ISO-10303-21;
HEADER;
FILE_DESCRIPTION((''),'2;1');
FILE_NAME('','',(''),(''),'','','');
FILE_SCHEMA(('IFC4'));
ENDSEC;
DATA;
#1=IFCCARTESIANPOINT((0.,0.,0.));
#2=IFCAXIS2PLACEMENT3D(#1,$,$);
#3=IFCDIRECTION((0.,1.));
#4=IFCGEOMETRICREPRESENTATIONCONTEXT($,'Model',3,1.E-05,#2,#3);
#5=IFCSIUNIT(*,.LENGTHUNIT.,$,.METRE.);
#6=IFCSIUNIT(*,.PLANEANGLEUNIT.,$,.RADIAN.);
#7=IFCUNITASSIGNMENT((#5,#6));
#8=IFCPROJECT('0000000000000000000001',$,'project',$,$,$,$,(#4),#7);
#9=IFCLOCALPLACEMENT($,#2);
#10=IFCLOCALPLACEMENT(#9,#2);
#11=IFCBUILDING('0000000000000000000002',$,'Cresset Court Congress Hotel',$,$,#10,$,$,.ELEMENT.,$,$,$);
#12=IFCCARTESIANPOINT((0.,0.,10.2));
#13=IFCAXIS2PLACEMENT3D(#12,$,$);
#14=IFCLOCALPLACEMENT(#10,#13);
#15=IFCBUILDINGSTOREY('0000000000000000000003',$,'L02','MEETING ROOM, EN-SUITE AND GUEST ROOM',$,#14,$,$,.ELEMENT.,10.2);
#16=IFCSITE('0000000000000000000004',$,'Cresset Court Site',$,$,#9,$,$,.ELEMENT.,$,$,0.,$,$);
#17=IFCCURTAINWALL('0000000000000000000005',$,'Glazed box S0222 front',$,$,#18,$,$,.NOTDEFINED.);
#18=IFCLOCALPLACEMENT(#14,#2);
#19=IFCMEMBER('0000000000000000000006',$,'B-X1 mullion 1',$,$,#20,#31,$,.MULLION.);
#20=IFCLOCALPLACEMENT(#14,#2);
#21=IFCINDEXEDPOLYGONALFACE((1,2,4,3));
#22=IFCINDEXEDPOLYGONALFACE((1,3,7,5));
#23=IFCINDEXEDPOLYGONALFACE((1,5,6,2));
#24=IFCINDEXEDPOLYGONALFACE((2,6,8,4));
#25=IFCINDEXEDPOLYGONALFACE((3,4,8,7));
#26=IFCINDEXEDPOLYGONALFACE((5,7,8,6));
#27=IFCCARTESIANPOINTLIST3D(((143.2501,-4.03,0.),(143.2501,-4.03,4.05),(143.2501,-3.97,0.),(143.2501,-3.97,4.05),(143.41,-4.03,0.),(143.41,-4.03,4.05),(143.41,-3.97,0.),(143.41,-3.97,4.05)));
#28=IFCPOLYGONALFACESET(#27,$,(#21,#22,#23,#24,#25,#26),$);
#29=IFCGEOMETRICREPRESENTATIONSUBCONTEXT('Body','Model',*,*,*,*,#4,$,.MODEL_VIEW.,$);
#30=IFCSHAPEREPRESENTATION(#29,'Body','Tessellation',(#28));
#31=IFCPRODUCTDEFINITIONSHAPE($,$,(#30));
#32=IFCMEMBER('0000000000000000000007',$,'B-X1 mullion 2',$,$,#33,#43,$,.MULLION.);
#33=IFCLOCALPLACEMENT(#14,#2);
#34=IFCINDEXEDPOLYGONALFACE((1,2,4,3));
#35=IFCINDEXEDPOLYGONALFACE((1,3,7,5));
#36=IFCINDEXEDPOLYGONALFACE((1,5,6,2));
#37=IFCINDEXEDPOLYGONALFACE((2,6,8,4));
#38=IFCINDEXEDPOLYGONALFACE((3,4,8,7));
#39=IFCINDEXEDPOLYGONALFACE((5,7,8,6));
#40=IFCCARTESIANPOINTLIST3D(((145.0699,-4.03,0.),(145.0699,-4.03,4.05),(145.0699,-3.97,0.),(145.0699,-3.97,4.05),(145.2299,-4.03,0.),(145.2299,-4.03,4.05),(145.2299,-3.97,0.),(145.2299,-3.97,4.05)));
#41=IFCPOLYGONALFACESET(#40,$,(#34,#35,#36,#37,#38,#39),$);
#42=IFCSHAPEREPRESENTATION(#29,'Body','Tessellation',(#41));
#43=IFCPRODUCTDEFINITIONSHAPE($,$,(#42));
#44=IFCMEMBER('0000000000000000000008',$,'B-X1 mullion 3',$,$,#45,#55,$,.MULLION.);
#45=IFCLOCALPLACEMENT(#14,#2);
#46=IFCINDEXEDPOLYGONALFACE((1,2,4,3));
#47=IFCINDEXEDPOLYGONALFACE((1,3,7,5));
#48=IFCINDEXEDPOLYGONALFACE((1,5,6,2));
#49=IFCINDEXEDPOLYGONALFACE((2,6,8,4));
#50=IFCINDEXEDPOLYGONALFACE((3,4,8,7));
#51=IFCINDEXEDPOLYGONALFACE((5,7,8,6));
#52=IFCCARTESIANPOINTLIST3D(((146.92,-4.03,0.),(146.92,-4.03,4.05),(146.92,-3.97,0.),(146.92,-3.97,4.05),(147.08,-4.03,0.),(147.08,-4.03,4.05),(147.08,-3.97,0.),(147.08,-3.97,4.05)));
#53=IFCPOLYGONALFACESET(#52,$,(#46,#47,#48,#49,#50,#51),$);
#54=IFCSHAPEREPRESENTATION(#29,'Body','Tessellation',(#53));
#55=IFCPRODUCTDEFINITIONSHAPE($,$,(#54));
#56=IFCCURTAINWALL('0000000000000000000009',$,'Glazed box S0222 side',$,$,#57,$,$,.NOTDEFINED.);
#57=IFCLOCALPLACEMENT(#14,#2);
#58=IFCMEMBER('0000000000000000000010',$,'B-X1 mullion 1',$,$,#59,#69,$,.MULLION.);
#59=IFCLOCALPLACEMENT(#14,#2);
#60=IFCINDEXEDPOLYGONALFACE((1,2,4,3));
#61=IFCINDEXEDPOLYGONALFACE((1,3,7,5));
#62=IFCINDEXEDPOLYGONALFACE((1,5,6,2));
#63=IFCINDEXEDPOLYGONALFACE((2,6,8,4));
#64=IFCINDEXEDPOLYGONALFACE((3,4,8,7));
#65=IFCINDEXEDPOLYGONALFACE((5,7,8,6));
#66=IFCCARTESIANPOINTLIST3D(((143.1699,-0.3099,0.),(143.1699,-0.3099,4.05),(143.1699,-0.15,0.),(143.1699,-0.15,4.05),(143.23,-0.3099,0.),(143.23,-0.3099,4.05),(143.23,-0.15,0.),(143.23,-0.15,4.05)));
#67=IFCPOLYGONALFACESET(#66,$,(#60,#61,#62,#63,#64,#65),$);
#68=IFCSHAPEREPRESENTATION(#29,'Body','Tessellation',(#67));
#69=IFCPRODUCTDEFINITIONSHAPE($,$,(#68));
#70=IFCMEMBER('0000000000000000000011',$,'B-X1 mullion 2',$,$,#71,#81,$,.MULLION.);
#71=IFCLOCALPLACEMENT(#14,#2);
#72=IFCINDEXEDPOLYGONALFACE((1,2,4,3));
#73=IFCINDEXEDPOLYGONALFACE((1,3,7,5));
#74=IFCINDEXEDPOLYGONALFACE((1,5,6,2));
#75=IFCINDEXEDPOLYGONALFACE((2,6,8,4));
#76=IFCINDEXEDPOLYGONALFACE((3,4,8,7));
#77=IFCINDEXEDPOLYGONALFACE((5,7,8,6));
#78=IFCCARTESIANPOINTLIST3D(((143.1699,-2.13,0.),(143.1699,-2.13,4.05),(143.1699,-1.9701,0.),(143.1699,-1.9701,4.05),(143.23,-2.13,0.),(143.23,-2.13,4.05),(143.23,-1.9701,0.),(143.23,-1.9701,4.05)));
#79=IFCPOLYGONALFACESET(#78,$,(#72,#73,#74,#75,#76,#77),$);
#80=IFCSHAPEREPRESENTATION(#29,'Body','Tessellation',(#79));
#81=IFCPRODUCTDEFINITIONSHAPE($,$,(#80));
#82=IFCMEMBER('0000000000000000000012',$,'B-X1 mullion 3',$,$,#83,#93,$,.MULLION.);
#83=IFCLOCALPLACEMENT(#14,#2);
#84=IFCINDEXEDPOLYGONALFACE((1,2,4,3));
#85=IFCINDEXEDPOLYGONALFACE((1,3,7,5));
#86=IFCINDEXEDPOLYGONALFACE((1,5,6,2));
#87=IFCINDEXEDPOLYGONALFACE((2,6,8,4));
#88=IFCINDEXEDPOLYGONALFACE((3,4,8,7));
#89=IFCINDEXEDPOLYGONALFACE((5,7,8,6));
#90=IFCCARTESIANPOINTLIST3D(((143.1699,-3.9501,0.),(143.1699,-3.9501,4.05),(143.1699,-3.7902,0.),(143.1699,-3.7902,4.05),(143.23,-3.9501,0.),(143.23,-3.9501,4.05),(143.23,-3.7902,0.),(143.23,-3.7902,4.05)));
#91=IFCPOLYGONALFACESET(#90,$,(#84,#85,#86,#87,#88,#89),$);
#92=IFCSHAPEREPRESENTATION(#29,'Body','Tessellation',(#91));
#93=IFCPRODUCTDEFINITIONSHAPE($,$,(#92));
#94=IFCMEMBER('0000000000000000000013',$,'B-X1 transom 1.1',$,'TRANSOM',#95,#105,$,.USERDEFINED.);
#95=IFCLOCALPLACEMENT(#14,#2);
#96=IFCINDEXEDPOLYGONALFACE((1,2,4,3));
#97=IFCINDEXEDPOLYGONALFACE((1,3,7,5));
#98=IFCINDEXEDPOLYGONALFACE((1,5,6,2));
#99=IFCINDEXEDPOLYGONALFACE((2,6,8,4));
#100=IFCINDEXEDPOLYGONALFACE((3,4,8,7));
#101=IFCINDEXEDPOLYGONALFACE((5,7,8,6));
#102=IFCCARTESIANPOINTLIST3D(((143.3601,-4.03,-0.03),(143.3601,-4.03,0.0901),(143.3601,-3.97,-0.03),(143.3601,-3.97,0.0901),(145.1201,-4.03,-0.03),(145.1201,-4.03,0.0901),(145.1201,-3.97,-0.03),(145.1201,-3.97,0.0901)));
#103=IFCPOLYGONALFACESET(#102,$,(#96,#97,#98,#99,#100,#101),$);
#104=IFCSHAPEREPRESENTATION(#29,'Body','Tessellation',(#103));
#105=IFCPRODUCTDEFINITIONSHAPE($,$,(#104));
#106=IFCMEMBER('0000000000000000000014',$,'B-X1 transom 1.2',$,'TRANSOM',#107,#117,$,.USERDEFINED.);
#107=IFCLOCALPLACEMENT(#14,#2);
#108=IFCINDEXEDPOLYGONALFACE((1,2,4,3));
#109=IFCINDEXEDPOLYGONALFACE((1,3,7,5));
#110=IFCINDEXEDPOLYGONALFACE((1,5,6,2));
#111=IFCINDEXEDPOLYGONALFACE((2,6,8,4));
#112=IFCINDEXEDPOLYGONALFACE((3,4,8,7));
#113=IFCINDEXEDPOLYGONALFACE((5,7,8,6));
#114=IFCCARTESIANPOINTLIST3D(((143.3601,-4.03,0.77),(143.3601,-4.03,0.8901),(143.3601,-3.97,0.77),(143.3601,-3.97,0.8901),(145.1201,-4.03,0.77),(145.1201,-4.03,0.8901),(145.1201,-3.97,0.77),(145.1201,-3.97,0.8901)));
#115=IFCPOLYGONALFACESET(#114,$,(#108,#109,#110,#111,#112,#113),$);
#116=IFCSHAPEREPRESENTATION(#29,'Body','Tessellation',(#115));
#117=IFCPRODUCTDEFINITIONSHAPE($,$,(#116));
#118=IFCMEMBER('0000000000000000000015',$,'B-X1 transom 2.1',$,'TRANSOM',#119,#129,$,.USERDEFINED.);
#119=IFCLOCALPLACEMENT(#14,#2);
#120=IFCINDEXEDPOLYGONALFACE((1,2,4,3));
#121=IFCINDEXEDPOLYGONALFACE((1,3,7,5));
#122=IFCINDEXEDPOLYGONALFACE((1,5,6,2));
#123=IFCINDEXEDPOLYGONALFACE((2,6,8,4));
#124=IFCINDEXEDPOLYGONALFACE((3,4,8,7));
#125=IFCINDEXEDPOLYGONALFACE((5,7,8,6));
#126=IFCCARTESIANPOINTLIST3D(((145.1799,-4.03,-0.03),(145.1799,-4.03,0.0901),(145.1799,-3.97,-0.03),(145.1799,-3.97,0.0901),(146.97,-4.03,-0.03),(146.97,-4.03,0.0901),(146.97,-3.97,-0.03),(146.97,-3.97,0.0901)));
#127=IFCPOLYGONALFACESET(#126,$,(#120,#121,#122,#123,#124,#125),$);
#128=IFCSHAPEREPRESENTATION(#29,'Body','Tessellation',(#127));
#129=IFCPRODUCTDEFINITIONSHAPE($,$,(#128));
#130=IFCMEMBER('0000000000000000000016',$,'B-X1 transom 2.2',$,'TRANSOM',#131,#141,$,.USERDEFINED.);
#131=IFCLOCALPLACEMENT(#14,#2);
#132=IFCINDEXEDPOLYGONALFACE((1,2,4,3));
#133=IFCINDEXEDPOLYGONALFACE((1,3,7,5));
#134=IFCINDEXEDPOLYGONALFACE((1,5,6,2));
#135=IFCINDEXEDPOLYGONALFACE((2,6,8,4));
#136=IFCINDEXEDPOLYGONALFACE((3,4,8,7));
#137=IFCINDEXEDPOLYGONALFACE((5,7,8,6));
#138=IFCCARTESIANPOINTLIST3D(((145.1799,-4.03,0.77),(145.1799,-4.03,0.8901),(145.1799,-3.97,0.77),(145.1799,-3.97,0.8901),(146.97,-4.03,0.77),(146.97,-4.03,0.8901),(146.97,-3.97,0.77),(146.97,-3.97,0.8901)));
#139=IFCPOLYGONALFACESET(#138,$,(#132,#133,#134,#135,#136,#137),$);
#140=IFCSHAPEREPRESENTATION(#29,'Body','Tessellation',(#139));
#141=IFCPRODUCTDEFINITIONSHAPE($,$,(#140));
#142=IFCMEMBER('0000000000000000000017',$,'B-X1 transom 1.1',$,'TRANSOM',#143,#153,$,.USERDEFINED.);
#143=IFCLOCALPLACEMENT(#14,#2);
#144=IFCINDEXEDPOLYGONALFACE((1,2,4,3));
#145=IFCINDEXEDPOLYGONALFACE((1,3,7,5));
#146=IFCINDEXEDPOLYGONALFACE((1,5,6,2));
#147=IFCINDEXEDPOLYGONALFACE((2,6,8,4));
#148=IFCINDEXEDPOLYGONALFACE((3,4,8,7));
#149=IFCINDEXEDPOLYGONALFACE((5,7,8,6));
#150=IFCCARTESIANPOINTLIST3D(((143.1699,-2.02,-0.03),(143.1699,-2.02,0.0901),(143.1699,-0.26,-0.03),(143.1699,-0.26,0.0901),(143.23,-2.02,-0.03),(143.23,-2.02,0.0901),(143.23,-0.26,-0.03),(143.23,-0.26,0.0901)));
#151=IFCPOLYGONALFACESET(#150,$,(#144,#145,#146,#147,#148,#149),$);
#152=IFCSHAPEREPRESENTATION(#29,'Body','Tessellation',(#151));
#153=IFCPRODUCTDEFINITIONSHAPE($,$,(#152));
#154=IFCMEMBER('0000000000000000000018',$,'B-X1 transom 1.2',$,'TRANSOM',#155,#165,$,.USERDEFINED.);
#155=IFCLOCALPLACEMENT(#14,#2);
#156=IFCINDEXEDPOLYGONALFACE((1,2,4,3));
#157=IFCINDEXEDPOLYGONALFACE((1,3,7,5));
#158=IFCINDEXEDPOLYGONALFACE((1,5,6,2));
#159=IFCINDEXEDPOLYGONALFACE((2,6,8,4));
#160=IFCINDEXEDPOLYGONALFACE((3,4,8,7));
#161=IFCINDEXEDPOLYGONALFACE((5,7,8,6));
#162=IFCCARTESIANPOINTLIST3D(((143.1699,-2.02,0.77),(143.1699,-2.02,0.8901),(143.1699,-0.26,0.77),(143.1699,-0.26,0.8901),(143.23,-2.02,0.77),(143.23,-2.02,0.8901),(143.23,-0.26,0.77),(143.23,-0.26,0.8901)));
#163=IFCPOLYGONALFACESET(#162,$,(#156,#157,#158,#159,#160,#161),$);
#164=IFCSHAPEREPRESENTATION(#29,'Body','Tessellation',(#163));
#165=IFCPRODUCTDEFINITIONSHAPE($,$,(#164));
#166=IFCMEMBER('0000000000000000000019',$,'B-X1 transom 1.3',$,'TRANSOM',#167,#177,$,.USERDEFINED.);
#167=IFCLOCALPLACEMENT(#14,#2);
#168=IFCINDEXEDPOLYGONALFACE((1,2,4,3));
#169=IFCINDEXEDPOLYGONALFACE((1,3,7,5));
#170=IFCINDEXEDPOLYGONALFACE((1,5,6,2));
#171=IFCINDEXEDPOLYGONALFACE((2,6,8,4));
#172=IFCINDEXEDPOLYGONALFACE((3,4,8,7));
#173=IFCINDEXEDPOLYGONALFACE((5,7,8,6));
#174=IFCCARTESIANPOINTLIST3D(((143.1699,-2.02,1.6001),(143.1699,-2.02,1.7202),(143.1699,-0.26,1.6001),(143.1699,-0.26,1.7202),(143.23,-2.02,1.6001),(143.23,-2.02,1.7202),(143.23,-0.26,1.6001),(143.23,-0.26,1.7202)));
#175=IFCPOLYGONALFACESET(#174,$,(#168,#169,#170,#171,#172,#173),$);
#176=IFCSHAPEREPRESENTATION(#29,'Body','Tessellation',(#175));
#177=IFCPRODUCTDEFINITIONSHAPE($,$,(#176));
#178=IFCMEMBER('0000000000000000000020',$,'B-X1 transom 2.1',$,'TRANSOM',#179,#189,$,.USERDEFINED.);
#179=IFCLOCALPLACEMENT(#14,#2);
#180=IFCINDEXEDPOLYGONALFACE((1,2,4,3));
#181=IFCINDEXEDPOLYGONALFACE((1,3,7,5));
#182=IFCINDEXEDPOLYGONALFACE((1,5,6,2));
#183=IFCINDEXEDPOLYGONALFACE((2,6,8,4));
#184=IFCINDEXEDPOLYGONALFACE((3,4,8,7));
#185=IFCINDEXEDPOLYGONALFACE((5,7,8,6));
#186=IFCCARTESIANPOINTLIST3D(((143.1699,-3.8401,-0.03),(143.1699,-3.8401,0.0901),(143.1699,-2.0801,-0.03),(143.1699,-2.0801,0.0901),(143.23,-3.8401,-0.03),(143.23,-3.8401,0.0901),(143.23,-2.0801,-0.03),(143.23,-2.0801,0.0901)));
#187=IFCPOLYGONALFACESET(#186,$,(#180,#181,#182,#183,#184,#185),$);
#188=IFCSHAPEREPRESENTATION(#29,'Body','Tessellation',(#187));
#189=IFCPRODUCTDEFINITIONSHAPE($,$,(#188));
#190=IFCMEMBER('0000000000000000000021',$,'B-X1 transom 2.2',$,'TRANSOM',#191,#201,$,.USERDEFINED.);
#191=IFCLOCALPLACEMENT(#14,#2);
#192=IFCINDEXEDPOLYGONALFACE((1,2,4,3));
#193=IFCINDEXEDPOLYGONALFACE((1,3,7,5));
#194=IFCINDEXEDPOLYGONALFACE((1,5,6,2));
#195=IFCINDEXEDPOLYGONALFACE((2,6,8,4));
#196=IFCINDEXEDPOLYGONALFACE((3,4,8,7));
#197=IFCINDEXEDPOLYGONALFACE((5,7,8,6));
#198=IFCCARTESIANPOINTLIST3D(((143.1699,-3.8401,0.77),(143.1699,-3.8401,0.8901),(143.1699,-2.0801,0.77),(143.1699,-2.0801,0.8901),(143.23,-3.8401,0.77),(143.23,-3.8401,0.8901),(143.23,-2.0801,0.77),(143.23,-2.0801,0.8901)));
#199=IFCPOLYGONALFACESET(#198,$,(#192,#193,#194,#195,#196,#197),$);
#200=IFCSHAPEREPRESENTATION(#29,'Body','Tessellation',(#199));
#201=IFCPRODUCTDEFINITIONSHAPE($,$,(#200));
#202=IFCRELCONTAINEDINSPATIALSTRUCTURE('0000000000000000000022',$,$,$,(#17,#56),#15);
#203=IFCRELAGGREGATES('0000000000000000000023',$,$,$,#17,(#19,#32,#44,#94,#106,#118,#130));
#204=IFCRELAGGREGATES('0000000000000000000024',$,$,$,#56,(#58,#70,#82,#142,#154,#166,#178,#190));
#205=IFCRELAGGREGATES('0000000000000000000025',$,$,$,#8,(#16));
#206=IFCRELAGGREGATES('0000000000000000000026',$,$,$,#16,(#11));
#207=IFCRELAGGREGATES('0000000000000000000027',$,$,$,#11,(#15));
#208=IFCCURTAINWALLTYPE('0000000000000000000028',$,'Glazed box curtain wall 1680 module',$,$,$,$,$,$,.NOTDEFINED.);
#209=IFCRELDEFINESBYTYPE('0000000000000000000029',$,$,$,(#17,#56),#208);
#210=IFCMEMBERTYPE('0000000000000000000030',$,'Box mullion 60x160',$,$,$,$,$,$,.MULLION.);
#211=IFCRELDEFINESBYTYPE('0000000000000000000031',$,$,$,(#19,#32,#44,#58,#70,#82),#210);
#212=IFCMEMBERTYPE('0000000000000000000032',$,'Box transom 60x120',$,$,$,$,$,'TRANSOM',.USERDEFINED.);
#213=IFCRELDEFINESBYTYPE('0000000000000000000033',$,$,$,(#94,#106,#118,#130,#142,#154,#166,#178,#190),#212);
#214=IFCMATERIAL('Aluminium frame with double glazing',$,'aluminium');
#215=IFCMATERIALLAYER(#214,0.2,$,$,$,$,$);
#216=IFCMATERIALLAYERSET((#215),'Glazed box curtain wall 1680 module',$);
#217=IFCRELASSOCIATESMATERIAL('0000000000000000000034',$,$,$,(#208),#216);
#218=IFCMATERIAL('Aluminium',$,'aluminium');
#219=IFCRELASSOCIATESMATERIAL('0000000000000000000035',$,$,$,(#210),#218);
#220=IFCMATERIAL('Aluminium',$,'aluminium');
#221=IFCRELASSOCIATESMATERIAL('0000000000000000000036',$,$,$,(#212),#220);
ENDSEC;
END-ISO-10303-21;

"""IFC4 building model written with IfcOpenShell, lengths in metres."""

from ifc_helpers import new_model, si_unit, direction, frame, origin, origin_2d, place, context, subcontext, project, spatial, rectangle, extrude, material, layer, layer_set, material_profile, profile_set, type_object, element, aggregate, save


model = new_model("IFC4")

# Units and contexts
model_context = context("Model", 3, precision=1e-05, world=origin(), true_north=direction((0.0, 1.0)))
body_context = subcontext(model_context, "Body", "Model", "MODEL_VIEW")
ifc_project = project(units=[si_unit("LENGTHUNIT", "METRE"), si_unit("PLANEANGLEUNIT", "RADIAN")], contexts=[model_context])

# Site, building, storey
site_placement = place(None, origin())
site = spatial("IfcSite", under=ifc_project, at=site_placement, Name="Cresset Court Site", CompositionType="ELEMENT", RefElevation=0.0)
building_placement = place(site_placement, origin())
building = spatial("IfcBuilding", under=site, at=building_placement, Name="Cresset Court Congress Hotel", CompositionType="ELEMENT")
storey_placement = place(building_placement, frame((0.0, 0.0, 10.2)))
storey = spatial("IfcBuildingStorey", under=building, at=storey_placement, Name="L02", Description="MEETING ROOM, EN-SUITE AND GUEST ROOM", CompositionType="ELEMENT", Elevation=10.2)

# Curtain walls, members
ifc_material_1 = material(Name="Aluminium frame with double glazing", Category="aluminium")
ifc_layer_1 = layer(ifc_material_1, 0.2)
ifc_layer_set_1 = layer_set([ifc_layer_1], Name="Glazed box curtain wall 1680 module")
curtain_wall_type = type_object("IfcCurtainWallType", Name="Glazed box curtain wall 1680 module", PredefinedType="NOTDEFINED", material=ifc_layer_set_1)
curtain_wall_1_placement = place(storey_placement, origin())
curtain_wall_1 = element("IfcCurtainWall", 1, at=curtain_wall_1_placement, inside=storey, type_object=curtain_wall_type, Name="Glazed box S0222 front", PredefinedType="NOTDEFINED")
ifc_material_2 = material(Name="Aluminium", Category="aluminium")
ifc_material_profile_1 = material_profile(ifc_material_2, rectangle(XDim=0.0601, YDim=0.1599, at=origin_2d()), Name="Box mullion 60x160")
ifc_profile_set_1 = profile_set([ifc_material_profile_1], Name="Aluminium")
member_type_1 = type_object("IfcMemberType", Name="Box mullion 60x160", PredefinedType="MULLION", material=ifc_profile_set_1)
member_1_placement = place(storey_placement, frame((143.3301, -4.0, 0.0), z_axis=(0.0, 0.0, 1.0), x_axis=(0.0, 1.0, 0.0)))
member_1 = element("IfcMember", 2, at=member_1_placement, type_object=member_type_1, Name="B-X1 mullion 1", PredefinedType="MULLION", context=body_context, shape_type="SweptSolid", body=[
    extrude(rectangle(XDim=0.0601, YDim=0.1599, at=origin_2d()), origin(), (0.0, 0.0, 1.0), 4.05),
])
member_2_placement = place(storey_placement, frame((145.1499, -4.0, 0.0), z_axis=(0.0, 0.0, 1.0), x_axis=(0.0, 1.0, 0.0)))
member_2 = element("IfcMember", 3, at=member_2_placement, type_object=member_type_1, Name="B-X1 mullion 2", PredefinedType="MULLION", context=body_context, shape_type="SweptSolid", body=[
    extrude(rectangle(XDim=0.0601, YDim=0.1599, at=origin_2d()), origin(), (0.0, 0.0, 1.0), 4.05),
])
member_3_placement = place(storey_placement, frame((147.0, -4.0, 0.0), z_axis=(0.0, 0.0, 1.0), x_axis=(0.0, 1.0, 0.0)))
member_3 = element("IfcMember", 4, at=member_3_placement, type_object=member_type_1, Name="B-X1 mullion 3", PredefinedType="MULLION", context=body_context, shape_type="SweptSolid", body=[
    extrude(rectangle(XDim=0.0601, YDim=0.1599, at=origin_2d()), origin(), (0.0, 0.0, 1.0), 4.05),
])
curtain_wall_2_placement = place(storey_placement, origin())
curtain_wall_2 = element("IfcCurtainWall", 5, at=curtain_wall_2_placement, inside=storey, type_object=curtain_wall_type, Name="Glazed box S0222 side", PredefinedType="NOTDEFINED")
member_4_placement = place(storey_placement, frame((143.2, -0.23, 0.0), z_axis=(0.0, 0.0, 1.0), x_axis=(1.0, 0.0, 0.0)))
member_4 = element("IfcMember", 6, at=member_4_placement, type_object=member_type_1, Name="B-X1 mullion 1", PredefinedType="MULLION", context=body_context, shape_type="SweptSolid", body=[
    extrude(rectangle(XDim=0.0601, YDim=0.1599, at=origin_2d()), origin(), (0.0, 0.0, 1.0), 4.05),
])
member_5_placement = place(storey_placement, frame((143.2, -2.05, 0.0), z_axis=(0.0, 0.0, 1.0), x_axis=(1.0, 0.0, 0.0)))
member_5 = element("IfcMember", 7, at=member_5_placement, type_object=member_type_1, Name="B-X1 mullion 2", PredefinedType="MULLION", context=body_context, shape_type="SweptSolid", body=[
    extrude(rectangle(XDim=0.0601, YDim=0.1599, at=origin_2d()), origin(), (0.0, 0.0, 1.0), 4.05),
])
member_6_placement = place(storey_placement, frame((143.2, -3.8701, 0.0), z_axis=(0.0, 0.0, 1.0), x_axis=(1.0, 0.0, 0.0)))
member_6 = element("IfcMember", 8, at=member_6_placement, type_object=member_type_1, Name="B-X1 mullion 3", PredefinedType="MULLION", context=body_context, shape_type="SweptSolid", body=[
    extrude(rectangle(XDim=0.0601, YDim=0.1599, at=origin_2d()), origin(), (0.0, 0.0, 1.0), 4.05),
])

# Members
ifc_material_3 = material(Name="Aluminium", Category="aluminium")
ifc_material_profile_2 = material_profile(ifc_material_3, rectangle(XDim=0.0601, YDim=0.1201, at=origin_2d()), Name="Box transom 60x120")
ifc_profile_set_2 = profile_set([ifc_material_profile_2], Name="Aluminium")
member_type_2 = type_object("IfcMemberType", Name="Box transom 60x120", ElementType="TRANSOM", PredefinedType="USERDEFINED", material=ifc_profile_set_2)
member_7_placement = place(storey_placement, frame((143.3601, -4.0, 0.03), z_axis=(1.0, 0.0, 0.0), x_axis=(0.0, 1.0, 0.0)))
member_7 = element("IfcMember", 9, at=member_7_placement, type_object=member_type_2, Name="B-X1 transom 1.1", ObjectType="TRANSOM", PredefinedType="USERDEFINED", context=body_context, shape_type="SweptSolid", body=[
    extrude(rectangle(XDim=0.0601, YDim=0.1201, at=origin_2d()), origin(), (0.0, 0.0, 1.0), 1.76),
])
member_8_placement = place(storey_placement, frame((143.3601, -4.0, 0.8301), z_axis=(1.0, 0.0, 0.0), x_axis=(0.0, 1.0, 0.0)))
member_8 = element("IfcMember", 10, at=member_8_placement, type_object=member_type_2, Name="B-X1 transom 1.2", ObjectType="TRANSOM", PredefinedType="USERDEFINED", context=body_context, shape_type="SweptSolid", body=[
    extrude(rectangle(XDim=0.0601, YDim=0.1201, at=origin_2d()), origin(), (0.0, 0.0, 1.0), 1.76),
])
member_9_placement = place(storey_placement, frame((145.1799, -4.0, 0.03), z_axis=(1.0, 0.0, 0.0), x_axis=(0.0, 1.0, 0.0)))
member_9 = element("IfcMember", 11, at=member_9_placement, type_object=member_type_2, Name="B-X1 transom 2.1", ObjectType="TRANSOM", PredefinedType="USERDEFINED", context=body_context, shape_type="SweptSolid", body=[
    extrude(rectangle(XDim=0.0601, YDim=0.1201, at=origin_2d()), origin(), (0.0, 0.0, 1.0), 1.79),
])
member_10_placement = place(storey_placement, frame((145.1799, -4.0, 0.8301), z_axis=(1.0, 0.0, 0.0), x_axis=(0.0, 1.0, 0.0)))
member_10 = element("IfcMember", 12, at=member_10_placement, type_object=member_type_2, Name="B-X1 transom 2.2", ObjectType="TRANSOM", PredefinedType="USERDEFINED", context=body_context, shape_type="SweptSolid", body=[
    extrude(rectangle(XDim=0.0601, YDim=0.1201, at=origin_2d()), origin(), (0.0, 0.0, 1.0), 1.79),
])
member_11_placement = place(storey_placement, frame((143.2, -0.26, 0.03), z_axis=(0.0, -1.0, 0.0), x_axis=(1.0, 0.0, 0.0)))
member_11 = element("IfcMember", 13, at=member_11_placement, type_object=member_type_2, Name="B-X1 transom 1.1", ObjectType="TRANSOM", PredefinedType="USERDEFINED", context=body_context, shape_type="SweptSolid", body=[
    extrude(rectangle(XDim=0.0601, YDim=0.1201, at=origin_2d()), origin(), (0.0, 0.0, 1.0), 1.76),
])
member_12_placement = place(storey_placement, frame((143.2, -0.26, 0.8301), z_axis=(0.0, -1.0, 0.0), x_axis=(1.0, 0.0, 0.0)))
member_12 = element("IfcMember", 14, at=member_12_placement, type_object=member_type_2, Name="B-X1 transom 1.2", ObjectType="TRANSOM", PredefinedType="USERDEFINED", context=body_context, shape_type="SweptSolid", body=[
    extrude(rectangle(XDim=0.0601, YDim=0.1201, at=origin_2d()), origin(), (0.0, 0.0, 1.0), 1.76),
])
member_13_placement = place(storey_placement, frame((143.2, -0.26, 1.6602), z_axis=(0.0, -1.0, 0.0), x_axis=(1.0, 0.0, 0.0)))
member_13 = element("IfcMember", 15, at=member_13_placement, type_object=member_type_2, Name="B-X1 transom 1.3", ObjectType="TRANSOM", PredefinedType="USERDEFINED", context=body_context, shape_type="SweptSolid", body=[
    extrude(rectangle(XDim=0.0601, YDim=0.1201, at=origin_2d()), origin(), (0.0, 0.0, 1.0), 1.76),
])
member_14_placement = place(storey_placement, frame((143.2, -2.0801, 0.03), z_axis=(0.0, -1.0, 0.0), x_axis=(1.0, 0.0, 0.0)))
member_14 = element("IfcMember", 16, at=member_14_placement, type_object=member_type_2, Name="B-X1 transom 2.1", ObjectType="TRANSOM", PredefinedType="USERDEFINED", context=body_context, shape_type="SweptSolid", body=[
    extrude(rectangle(XDim=0.0601, YDim=0.1201, at=origin_2d()), origin(), (0.0, 0.0, 1.0), 1.76),
])
member_15_placement = place(storey_placement, frame((143.2, -2.0801, 0.8301), z_axis=(0.0, -1.0, 0.0), x_axis=(1.0, 0.0, 0.0)))
member_15 = element("IfcMember", 17, at=member_15_placement, type_object=member_type_2, Name="B-X1 transom 2.2", ObjectType="TRANSOM", PredefinedType="USERDEFINED", context=body_context, shape_type="SweptSolid", body=[
    extrude(rectangle(XDim=0.0601, YDim=0.1201, at=origin_2d()), origin(), (0.0, 0.0, 1.0), 1.76),
])

aggregate(curtain_wall_1, [member_1, member_2, member_3, member_7, member_8, member_9, member_10])
aggregate(curtain_wall_2, [member_4, member_5, member_6, member_11, member_12, member_13, member_14, member_15])

save(model, "model.ifc")
